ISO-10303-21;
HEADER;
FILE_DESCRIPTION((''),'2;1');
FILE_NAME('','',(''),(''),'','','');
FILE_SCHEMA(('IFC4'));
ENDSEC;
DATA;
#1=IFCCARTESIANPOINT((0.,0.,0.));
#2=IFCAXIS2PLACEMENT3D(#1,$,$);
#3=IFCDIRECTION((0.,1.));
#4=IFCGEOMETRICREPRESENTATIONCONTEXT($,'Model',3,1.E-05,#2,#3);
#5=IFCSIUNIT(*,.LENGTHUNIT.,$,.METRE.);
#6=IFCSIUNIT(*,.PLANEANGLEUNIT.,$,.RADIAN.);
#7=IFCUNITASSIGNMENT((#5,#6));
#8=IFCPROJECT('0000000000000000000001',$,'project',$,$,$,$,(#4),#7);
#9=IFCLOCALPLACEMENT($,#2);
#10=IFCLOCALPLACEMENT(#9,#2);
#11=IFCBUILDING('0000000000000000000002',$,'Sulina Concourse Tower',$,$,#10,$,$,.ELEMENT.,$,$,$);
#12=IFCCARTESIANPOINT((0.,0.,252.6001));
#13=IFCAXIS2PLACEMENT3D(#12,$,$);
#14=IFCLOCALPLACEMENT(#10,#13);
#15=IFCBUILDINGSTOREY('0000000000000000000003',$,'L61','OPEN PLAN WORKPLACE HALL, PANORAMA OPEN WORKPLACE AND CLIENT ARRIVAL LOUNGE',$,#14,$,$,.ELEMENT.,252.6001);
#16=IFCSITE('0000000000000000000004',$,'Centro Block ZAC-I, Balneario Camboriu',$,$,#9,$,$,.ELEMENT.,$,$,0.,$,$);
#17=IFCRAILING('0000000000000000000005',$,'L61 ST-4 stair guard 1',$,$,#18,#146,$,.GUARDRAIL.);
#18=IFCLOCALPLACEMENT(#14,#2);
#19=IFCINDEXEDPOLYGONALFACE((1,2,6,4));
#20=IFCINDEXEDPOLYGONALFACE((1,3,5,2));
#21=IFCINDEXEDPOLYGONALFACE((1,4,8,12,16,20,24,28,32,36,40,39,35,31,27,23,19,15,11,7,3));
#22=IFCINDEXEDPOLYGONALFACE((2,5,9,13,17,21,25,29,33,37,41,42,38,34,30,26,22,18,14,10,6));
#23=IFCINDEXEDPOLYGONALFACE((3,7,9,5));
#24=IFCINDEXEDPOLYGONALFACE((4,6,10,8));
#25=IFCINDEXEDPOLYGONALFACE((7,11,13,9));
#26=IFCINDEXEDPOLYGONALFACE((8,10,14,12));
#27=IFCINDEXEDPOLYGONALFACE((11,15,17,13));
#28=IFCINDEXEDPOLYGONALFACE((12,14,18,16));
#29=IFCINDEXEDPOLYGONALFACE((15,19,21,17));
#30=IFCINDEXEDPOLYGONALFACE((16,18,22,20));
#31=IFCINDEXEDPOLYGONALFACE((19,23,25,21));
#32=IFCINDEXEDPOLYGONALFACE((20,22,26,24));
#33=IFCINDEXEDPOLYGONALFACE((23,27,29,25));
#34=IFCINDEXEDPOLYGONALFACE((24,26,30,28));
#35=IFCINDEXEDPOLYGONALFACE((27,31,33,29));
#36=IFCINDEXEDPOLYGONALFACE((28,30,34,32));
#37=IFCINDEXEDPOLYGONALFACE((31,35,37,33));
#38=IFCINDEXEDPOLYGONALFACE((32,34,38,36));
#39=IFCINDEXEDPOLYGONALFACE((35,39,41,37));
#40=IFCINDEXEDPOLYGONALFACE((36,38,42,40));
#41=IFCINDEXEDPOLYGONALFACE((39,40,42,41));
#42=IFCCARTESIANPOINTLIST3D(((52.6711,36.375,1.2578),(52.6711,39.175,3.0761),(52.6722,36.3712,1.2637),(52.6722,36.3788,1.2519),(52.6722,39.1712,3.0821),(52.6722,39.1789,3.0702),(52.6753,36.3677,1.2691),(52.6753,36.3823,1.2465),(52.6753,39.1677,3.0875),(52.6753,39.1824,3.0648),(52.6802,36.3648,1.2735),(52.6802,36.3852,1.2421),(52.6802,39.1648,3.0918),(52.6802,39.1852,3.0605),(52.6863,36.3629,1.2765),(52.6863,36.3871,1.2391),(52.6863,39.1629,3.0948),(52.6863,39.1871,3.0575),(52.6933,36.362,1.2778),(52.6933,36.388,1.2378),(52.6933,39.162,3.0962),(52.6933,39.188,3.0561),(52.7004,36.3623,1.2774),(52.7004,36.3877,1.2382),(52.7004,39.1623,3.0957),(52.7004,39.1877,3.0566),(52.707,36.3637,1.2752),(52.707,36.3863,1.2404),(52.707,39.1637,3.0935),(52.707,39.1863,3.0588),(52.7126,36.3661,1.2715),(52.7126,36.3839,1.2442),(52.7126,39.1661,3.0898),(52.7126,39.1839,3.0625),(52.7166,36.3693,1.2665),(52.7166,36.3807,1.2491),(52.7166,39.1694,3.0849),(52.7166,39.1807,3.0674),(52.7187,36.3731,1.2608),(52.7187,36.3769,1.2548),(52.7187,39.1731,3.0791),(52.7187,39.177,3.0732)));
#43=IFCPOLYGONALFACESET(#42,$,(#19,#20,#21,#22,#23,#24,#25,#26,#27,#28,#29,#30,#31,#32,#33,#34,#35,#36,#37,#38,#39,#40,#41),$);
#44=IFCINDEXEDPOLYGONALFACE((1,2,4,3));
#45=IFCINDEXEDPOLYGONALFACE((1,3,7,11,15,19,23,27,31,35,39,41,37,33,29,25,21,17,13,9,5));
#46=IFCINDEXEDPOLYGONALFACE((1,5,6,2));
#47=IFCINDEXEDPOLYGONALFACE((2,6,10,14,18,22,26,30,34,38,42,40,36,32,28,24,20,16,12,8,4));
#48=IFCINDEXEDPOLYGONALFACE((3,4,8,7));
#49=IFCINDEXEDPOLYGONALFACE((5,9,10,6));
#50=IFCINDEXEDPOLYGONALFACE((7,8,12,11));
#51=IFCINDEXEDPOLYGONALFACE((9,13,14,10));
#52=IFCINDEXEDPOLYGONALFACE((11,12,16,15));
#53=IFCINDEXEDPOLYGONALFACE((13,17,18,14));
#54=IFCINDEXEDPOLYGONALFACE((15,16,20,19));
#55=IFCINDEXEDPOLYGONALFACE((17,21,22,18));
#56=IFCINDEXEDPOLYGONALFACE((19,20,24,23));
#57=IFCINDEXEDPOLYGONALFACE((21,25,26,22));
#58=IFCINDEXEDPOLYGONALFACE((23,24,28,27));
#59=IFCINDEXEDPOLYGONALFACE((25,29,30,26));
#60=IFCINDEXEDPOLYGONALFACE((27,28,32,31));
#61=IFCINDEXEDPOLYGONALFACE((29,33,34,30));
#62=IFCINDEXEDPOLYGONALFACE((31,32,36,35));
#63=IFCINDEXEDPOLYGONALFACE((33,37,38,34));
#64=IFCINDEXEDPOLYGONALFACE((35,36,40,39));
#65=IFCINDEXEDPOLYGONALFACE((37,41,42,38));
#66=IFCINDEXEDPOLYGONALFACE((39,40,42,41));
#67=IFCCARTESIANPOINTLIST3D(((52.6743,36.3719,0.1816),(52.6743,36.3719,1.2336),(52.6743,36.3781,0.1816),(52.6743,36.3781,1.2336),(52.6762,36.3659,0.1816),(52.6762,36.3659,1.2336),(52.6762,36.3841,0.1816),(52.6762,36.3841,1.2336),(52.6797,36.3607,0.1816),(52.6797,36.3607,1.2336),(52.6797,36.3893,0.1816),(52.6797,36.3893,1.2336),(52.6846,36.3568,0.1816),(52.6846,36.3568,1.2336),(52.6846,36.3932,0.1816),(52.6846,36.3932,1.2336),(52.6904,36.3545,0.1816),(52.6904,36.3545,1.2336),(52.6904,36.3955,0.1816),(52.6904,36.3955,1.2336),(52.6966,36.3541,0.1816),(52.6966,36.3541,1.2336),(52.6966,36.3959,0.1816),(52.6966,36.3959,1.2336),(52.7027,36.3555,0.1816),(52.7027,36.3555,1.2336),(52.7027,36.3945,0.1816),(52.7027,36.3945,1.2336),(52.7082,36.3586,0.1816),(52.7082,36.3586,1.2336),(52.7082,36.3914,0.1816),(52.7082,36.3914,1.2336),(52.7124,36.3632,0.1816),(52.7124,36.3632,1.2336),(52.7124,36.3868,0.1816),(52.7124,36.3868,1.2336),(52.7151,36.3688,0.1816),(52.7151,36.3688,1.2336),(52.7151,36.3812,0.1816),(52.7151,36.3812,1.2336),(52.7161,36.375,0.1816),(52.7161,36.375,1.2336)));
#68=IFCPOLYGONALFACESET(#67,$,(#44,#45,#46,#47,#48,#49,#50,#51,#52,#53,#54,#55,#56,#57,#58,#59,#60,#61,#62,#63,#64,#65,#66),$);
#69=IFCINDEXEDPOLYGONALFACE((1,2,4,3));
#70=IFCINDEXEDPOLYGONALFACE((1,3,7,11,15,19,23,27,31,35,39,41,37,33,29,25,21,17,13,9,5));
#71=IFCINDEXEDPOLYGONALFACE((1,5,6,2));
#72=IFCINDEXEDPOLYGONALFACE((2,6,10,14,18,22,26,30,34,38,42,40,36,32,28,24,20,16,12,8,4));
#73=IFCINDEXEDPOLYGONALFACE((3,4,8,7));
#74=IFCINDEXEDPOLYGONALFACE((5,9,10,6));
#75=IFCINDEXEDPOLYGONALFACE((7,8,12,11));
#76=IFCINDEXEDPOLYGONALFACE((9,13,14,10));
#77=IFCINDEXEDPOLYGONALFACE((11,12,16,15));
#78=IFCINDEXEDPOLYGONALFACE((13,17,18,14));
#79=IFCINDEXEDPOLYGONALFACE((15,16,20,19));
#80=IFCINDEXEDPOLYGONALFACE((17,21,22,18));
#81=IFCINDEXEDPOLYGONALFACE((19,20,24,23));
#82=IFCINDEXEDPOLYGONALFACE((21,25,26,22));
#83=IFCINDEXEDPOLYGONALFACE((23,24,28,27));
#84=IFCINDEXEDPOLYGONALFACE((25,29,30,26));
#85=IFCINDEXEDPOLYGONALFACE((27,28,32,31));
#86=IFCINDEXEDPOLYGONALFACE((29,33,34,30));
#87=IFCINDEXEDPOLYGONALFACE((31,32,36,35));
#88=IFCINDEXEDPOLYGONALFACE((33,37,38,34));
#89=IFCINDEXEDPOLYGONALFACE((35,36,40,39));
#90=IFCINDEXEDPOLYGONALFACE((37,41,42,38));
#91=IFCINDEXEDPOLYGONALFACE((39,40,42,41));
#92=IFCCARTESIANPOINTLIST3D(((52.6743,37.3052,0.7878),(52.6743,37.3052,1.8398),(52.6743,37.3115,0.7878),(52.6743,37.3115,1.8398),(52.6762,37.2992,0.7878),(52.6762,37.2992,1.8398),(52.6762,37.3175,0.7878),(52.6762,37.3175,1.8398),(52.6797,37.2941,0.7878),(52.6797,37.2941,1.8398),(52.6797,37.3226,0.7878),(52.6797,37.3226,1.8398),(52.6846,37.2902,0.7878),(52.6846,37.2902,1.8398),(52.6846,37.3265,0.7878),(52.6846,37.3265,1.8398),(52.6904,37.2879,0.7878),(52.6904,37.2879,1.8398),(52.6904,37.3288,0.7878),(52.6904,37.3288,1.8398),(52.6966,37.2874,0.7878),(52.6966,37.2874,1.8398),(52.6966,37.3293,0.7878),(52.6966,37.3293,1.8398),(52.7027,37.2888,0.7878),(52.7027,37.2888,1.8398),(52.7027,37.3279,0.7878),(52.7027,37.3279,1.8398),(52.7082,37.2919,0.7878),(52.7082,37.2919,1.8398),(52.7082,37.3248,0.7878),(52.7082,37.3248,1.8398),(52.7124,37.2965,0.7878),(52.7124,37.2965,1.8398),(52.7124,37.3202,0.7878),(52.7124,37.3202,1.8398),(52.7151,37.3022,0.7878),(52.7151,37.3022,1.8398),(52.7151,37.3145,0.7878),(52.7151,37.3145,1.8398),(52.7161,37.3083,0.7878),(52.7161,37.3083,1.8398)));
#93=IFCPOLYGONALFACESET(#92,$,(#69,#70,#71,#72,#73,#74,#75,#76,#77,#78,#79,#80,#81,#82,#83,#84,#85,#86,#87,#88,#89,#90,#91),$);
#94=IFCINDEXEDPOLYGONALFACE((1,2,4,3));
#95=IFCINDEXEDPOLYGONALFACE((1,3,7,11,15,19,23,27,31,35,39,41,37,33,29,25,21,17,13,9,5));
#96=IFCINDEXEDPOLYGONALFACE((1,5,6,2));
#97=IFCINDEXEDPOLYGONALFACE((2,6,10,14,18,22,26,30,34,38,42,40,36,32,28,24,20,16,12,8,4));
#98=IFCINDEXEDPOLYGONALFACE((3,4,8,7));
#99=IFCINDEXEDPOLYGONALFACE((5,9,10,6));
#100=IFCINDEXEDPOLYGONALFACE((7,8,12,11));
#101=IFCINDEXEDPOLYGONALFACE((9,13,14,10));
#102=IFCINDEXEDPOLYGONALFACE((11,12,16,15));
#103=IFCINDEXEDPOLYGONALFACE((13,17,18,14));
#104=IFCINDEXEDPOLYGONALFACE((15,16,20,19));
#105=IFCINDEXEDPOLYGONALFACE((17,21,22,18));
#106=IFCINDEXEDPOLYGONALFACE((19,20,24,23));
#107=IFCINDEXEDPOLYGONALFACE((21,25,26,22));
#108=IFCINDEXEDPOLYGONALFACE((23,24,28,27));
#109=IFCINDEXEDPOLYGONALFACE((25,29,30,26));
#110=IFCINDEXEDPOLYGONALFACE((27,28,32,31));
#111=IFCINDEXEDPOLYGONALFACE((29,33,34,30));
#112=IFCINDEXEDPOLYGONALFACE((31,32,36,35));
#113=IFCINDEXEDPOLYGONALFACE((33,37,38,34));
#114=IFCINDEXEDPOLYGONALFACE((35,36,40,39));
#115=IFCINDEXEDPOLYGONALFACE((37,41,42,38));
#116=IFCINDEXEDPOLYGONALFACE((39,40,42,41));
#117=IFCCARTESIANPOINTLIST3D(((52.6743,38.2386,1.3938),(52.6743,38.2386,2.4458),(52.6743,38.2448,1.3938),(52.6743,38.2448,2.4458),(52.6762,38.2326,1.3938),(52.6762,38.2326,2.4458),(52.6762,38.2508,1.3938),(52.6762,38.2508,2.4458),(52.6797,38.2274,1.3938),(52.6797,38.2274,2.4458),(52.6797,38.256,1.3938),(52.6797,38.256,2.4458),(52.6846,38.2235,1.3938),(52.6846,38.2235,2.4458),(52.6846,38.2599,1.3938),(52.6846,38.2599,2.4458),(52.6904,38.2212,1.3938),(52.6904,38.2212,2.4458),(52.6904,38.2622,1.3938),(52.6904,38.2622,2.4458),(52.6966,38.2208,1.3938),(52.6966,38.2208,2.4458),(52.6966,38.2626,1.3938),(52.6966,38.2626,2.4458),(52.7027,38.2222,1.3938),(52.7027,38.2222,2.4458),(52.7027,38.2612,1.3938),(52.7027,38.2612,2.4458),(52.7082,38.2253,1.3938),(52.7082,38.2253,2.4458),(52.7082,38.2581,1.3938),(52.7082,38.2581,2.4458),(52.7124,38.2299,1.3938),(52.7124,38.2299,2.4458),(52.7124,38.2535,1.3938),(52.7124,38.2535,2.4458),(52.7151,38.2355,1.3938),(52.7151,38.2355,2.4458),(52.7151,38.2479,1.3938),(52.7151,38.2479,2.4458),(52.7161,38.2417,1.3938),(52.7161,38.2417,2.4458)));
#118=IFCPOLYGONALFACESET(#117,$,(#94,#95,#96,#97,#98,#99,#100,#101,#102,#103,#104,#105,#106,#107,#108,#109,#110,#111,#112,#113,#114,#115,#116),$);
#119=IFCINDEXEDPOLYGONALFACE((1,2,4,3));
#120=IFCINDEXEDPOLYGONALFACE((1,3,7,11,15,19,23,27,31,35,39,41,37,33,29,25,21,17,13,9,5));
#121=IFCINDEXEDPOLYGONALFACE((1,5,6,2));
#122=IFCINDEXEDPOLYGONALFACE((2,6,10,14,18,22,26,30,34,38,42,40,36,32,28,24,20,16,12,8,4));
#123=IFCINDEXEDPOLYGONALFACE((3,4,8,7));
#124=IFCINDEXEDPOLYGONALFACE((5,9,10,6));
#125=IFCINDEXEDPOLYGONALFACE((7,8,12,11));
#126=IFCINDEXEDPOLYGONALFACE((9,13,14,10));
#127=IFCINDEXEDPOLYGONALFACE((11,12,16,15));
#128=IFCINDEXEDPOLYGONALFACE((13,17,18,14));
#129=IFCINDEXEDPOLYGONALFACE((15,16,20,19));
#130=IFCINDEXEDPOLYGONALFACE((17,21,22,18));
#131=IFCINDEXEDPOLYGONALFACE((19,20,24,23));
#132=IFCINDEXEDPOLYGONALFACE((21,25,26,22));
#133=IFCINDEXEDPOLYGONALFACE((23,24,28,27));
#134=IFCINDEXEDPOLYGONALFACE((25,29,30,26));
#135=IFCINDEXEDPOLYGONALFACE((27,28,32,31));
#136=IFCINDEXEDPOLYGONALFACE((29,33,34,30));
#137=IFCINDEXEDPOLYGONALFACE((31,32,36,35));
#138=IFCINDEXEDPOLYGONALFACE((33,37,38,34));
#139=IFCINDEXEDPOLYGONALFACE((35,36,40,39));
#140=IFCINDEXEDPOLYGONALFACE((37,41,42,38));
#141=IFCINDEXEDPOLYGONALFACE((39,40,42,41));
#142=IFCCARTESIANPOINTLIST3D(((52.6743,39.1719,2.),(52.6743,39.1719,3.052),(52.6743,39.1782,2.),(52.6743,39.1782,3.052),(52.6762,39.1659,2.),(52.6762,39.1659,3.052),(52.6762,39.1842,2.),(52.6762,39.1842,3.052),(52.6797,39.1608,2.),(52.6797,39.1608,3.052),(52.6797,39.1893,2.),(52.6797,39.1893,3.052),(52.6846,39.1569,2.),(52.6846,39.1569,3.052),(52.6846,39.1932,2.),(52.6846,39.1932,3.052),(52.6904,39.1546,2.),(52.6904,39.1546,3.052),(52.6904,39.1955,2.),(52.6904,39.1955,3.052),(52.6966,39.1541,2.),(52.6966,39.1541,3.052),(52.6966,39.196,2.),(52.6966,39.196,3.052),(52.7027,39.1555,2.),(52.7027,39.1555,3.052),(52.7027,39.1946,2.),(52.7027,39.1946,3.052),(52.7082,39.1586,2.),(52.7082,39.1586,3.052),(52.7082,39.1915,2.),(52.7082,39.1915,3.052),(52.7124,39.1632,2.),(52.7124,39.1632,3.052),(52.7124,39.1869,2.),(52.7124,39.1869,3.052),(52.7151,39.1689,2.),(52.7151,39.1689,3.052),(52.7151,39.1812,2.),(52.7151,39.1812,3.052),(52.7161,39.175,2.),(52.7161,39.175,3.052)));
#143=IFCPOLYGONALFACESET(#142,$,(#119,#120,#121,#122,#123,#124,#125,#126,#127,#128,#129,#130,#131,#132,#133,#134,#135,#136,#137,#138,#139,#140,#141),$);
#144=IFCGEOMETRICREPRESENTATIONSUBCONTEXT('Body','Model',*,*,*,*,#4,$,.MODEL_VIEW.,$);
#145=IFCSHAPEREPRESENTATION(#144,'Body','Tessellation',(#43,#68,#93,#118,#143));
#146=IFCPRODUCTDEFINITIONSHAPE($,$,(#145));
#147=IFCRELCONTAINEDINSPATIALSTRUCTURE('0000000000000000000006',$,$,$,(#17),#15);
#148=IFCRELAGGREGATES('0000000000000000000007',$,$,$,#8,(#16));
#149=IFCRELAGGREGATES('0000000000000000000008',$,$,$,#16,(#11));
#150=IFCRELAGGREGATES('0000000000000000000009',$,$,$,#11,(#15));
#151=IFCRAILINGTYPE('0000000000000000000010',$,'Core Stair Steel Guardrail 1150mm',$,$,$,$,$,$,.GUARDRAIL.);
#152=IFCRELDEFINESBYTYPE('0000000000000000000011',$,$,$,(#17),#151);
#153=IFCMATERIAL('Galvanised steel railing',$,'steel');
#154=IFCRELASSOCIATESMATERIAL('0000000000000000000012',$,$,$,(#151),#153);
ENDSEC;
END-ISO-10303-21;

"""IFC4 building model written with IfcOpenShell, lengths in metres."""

from ifc_helpers import new_model, si_unit, direction, frame, origin, origin_2d, place, context, subcontext, project, spatial, circle, extrude, material, type_object, element, save


model = new_model("IFC4")

# Units and contexts
model_context = context("Model", 3, precision=1e-05, world=origin(), true_north=direction((0.0, 1.0)))
body_context = subcontext(model_context, "Body", "Model", "MODEL_VIEW")
ifc_project = project(units=[si_unit("LENGTHUNIT", "METRE"), si_unit("PLANEANGLEUNIT", "RADIAN")], contexts=[model_context])

# Site, building, storey
site_placement = place(None, origin())
site = spatial("IfcSite", under=ifc_project, at=site_placement, Name="Centro Block ZAC-I, Balneario Camboriu", CompositionType="ELEMENT", RefElevation=0.0)
building_placement = place(site_placement, origin())
building = spatial("IfcBuilding", under=site, at=building_placement, Name="Sulina Concourse Tower", CompositionType="ELEMENT")
storey_placement = place(building_placement, frame((0.0, 0.0, 252.6001)))
storey = spatial("IfcBuildingStorey", under=building, at=storey_placement, Name="L61", Description="OPEN PLAN WORKPLACE HALL, PANORAMA OPEN WORKPLACE AND CLIENT ARRIVAL LOUNGE", CompositionType="ELEMENT", Elevation=252.6001)

# Railing
ifc_material_1 = material(Name="Galvanised steel railing", Category="steel")
railing_type_1 = type_object("IfcRailingType", Name="Core Stair Steel Guardrail 1150mm", PredefinedType="GUARDRAIL", material=ifc_material_1)
railing_1_placement = place(storey_placement, frame((52.6951, 36.375, 0.1816)))
element("IfcRailing", 1, at=railing_1_placement, inside=storey, type_object=railing_type_1, Name="L61 ST-4 stair guard 1", PredefinedType="GUARDRAIL", context=body_context, shape_type="SweptSolid", body=[
    extrude(circle(Radius=0.0239, at=origin_2d()), frame((0.0, 0.0, 1.0762), z_axis=(0.0, 0.838672, 0.544636), x_axis=(-1.0, 0.0, 0.0)), (0.0, 0.0, 1.0), 3.3386),
    extrude(circle(Radius=0.021, at=origin_2d()), origin(), (0.0, 0.0, 1.0), 1.052),
    extrude(circle(Radius=0.021, at=origin_2d()), frame((0.0, 0.9333, 0.6062)), (0.0, 0.0, 1.0), 1.052),
    extrude(circle(Radius=0.021, at=origin_2d()), frame((0.0, 1.8667, 1.2122)), (0.0, 0.0, 1.0), 1.052),
    extrude(circle(Radius=0.021, at=origin_2d()), frame((0.0, 2.8, 1.8184)), (0.0, 0.0, 1.0), 1.052),
])

save(model, "model.ifc")
